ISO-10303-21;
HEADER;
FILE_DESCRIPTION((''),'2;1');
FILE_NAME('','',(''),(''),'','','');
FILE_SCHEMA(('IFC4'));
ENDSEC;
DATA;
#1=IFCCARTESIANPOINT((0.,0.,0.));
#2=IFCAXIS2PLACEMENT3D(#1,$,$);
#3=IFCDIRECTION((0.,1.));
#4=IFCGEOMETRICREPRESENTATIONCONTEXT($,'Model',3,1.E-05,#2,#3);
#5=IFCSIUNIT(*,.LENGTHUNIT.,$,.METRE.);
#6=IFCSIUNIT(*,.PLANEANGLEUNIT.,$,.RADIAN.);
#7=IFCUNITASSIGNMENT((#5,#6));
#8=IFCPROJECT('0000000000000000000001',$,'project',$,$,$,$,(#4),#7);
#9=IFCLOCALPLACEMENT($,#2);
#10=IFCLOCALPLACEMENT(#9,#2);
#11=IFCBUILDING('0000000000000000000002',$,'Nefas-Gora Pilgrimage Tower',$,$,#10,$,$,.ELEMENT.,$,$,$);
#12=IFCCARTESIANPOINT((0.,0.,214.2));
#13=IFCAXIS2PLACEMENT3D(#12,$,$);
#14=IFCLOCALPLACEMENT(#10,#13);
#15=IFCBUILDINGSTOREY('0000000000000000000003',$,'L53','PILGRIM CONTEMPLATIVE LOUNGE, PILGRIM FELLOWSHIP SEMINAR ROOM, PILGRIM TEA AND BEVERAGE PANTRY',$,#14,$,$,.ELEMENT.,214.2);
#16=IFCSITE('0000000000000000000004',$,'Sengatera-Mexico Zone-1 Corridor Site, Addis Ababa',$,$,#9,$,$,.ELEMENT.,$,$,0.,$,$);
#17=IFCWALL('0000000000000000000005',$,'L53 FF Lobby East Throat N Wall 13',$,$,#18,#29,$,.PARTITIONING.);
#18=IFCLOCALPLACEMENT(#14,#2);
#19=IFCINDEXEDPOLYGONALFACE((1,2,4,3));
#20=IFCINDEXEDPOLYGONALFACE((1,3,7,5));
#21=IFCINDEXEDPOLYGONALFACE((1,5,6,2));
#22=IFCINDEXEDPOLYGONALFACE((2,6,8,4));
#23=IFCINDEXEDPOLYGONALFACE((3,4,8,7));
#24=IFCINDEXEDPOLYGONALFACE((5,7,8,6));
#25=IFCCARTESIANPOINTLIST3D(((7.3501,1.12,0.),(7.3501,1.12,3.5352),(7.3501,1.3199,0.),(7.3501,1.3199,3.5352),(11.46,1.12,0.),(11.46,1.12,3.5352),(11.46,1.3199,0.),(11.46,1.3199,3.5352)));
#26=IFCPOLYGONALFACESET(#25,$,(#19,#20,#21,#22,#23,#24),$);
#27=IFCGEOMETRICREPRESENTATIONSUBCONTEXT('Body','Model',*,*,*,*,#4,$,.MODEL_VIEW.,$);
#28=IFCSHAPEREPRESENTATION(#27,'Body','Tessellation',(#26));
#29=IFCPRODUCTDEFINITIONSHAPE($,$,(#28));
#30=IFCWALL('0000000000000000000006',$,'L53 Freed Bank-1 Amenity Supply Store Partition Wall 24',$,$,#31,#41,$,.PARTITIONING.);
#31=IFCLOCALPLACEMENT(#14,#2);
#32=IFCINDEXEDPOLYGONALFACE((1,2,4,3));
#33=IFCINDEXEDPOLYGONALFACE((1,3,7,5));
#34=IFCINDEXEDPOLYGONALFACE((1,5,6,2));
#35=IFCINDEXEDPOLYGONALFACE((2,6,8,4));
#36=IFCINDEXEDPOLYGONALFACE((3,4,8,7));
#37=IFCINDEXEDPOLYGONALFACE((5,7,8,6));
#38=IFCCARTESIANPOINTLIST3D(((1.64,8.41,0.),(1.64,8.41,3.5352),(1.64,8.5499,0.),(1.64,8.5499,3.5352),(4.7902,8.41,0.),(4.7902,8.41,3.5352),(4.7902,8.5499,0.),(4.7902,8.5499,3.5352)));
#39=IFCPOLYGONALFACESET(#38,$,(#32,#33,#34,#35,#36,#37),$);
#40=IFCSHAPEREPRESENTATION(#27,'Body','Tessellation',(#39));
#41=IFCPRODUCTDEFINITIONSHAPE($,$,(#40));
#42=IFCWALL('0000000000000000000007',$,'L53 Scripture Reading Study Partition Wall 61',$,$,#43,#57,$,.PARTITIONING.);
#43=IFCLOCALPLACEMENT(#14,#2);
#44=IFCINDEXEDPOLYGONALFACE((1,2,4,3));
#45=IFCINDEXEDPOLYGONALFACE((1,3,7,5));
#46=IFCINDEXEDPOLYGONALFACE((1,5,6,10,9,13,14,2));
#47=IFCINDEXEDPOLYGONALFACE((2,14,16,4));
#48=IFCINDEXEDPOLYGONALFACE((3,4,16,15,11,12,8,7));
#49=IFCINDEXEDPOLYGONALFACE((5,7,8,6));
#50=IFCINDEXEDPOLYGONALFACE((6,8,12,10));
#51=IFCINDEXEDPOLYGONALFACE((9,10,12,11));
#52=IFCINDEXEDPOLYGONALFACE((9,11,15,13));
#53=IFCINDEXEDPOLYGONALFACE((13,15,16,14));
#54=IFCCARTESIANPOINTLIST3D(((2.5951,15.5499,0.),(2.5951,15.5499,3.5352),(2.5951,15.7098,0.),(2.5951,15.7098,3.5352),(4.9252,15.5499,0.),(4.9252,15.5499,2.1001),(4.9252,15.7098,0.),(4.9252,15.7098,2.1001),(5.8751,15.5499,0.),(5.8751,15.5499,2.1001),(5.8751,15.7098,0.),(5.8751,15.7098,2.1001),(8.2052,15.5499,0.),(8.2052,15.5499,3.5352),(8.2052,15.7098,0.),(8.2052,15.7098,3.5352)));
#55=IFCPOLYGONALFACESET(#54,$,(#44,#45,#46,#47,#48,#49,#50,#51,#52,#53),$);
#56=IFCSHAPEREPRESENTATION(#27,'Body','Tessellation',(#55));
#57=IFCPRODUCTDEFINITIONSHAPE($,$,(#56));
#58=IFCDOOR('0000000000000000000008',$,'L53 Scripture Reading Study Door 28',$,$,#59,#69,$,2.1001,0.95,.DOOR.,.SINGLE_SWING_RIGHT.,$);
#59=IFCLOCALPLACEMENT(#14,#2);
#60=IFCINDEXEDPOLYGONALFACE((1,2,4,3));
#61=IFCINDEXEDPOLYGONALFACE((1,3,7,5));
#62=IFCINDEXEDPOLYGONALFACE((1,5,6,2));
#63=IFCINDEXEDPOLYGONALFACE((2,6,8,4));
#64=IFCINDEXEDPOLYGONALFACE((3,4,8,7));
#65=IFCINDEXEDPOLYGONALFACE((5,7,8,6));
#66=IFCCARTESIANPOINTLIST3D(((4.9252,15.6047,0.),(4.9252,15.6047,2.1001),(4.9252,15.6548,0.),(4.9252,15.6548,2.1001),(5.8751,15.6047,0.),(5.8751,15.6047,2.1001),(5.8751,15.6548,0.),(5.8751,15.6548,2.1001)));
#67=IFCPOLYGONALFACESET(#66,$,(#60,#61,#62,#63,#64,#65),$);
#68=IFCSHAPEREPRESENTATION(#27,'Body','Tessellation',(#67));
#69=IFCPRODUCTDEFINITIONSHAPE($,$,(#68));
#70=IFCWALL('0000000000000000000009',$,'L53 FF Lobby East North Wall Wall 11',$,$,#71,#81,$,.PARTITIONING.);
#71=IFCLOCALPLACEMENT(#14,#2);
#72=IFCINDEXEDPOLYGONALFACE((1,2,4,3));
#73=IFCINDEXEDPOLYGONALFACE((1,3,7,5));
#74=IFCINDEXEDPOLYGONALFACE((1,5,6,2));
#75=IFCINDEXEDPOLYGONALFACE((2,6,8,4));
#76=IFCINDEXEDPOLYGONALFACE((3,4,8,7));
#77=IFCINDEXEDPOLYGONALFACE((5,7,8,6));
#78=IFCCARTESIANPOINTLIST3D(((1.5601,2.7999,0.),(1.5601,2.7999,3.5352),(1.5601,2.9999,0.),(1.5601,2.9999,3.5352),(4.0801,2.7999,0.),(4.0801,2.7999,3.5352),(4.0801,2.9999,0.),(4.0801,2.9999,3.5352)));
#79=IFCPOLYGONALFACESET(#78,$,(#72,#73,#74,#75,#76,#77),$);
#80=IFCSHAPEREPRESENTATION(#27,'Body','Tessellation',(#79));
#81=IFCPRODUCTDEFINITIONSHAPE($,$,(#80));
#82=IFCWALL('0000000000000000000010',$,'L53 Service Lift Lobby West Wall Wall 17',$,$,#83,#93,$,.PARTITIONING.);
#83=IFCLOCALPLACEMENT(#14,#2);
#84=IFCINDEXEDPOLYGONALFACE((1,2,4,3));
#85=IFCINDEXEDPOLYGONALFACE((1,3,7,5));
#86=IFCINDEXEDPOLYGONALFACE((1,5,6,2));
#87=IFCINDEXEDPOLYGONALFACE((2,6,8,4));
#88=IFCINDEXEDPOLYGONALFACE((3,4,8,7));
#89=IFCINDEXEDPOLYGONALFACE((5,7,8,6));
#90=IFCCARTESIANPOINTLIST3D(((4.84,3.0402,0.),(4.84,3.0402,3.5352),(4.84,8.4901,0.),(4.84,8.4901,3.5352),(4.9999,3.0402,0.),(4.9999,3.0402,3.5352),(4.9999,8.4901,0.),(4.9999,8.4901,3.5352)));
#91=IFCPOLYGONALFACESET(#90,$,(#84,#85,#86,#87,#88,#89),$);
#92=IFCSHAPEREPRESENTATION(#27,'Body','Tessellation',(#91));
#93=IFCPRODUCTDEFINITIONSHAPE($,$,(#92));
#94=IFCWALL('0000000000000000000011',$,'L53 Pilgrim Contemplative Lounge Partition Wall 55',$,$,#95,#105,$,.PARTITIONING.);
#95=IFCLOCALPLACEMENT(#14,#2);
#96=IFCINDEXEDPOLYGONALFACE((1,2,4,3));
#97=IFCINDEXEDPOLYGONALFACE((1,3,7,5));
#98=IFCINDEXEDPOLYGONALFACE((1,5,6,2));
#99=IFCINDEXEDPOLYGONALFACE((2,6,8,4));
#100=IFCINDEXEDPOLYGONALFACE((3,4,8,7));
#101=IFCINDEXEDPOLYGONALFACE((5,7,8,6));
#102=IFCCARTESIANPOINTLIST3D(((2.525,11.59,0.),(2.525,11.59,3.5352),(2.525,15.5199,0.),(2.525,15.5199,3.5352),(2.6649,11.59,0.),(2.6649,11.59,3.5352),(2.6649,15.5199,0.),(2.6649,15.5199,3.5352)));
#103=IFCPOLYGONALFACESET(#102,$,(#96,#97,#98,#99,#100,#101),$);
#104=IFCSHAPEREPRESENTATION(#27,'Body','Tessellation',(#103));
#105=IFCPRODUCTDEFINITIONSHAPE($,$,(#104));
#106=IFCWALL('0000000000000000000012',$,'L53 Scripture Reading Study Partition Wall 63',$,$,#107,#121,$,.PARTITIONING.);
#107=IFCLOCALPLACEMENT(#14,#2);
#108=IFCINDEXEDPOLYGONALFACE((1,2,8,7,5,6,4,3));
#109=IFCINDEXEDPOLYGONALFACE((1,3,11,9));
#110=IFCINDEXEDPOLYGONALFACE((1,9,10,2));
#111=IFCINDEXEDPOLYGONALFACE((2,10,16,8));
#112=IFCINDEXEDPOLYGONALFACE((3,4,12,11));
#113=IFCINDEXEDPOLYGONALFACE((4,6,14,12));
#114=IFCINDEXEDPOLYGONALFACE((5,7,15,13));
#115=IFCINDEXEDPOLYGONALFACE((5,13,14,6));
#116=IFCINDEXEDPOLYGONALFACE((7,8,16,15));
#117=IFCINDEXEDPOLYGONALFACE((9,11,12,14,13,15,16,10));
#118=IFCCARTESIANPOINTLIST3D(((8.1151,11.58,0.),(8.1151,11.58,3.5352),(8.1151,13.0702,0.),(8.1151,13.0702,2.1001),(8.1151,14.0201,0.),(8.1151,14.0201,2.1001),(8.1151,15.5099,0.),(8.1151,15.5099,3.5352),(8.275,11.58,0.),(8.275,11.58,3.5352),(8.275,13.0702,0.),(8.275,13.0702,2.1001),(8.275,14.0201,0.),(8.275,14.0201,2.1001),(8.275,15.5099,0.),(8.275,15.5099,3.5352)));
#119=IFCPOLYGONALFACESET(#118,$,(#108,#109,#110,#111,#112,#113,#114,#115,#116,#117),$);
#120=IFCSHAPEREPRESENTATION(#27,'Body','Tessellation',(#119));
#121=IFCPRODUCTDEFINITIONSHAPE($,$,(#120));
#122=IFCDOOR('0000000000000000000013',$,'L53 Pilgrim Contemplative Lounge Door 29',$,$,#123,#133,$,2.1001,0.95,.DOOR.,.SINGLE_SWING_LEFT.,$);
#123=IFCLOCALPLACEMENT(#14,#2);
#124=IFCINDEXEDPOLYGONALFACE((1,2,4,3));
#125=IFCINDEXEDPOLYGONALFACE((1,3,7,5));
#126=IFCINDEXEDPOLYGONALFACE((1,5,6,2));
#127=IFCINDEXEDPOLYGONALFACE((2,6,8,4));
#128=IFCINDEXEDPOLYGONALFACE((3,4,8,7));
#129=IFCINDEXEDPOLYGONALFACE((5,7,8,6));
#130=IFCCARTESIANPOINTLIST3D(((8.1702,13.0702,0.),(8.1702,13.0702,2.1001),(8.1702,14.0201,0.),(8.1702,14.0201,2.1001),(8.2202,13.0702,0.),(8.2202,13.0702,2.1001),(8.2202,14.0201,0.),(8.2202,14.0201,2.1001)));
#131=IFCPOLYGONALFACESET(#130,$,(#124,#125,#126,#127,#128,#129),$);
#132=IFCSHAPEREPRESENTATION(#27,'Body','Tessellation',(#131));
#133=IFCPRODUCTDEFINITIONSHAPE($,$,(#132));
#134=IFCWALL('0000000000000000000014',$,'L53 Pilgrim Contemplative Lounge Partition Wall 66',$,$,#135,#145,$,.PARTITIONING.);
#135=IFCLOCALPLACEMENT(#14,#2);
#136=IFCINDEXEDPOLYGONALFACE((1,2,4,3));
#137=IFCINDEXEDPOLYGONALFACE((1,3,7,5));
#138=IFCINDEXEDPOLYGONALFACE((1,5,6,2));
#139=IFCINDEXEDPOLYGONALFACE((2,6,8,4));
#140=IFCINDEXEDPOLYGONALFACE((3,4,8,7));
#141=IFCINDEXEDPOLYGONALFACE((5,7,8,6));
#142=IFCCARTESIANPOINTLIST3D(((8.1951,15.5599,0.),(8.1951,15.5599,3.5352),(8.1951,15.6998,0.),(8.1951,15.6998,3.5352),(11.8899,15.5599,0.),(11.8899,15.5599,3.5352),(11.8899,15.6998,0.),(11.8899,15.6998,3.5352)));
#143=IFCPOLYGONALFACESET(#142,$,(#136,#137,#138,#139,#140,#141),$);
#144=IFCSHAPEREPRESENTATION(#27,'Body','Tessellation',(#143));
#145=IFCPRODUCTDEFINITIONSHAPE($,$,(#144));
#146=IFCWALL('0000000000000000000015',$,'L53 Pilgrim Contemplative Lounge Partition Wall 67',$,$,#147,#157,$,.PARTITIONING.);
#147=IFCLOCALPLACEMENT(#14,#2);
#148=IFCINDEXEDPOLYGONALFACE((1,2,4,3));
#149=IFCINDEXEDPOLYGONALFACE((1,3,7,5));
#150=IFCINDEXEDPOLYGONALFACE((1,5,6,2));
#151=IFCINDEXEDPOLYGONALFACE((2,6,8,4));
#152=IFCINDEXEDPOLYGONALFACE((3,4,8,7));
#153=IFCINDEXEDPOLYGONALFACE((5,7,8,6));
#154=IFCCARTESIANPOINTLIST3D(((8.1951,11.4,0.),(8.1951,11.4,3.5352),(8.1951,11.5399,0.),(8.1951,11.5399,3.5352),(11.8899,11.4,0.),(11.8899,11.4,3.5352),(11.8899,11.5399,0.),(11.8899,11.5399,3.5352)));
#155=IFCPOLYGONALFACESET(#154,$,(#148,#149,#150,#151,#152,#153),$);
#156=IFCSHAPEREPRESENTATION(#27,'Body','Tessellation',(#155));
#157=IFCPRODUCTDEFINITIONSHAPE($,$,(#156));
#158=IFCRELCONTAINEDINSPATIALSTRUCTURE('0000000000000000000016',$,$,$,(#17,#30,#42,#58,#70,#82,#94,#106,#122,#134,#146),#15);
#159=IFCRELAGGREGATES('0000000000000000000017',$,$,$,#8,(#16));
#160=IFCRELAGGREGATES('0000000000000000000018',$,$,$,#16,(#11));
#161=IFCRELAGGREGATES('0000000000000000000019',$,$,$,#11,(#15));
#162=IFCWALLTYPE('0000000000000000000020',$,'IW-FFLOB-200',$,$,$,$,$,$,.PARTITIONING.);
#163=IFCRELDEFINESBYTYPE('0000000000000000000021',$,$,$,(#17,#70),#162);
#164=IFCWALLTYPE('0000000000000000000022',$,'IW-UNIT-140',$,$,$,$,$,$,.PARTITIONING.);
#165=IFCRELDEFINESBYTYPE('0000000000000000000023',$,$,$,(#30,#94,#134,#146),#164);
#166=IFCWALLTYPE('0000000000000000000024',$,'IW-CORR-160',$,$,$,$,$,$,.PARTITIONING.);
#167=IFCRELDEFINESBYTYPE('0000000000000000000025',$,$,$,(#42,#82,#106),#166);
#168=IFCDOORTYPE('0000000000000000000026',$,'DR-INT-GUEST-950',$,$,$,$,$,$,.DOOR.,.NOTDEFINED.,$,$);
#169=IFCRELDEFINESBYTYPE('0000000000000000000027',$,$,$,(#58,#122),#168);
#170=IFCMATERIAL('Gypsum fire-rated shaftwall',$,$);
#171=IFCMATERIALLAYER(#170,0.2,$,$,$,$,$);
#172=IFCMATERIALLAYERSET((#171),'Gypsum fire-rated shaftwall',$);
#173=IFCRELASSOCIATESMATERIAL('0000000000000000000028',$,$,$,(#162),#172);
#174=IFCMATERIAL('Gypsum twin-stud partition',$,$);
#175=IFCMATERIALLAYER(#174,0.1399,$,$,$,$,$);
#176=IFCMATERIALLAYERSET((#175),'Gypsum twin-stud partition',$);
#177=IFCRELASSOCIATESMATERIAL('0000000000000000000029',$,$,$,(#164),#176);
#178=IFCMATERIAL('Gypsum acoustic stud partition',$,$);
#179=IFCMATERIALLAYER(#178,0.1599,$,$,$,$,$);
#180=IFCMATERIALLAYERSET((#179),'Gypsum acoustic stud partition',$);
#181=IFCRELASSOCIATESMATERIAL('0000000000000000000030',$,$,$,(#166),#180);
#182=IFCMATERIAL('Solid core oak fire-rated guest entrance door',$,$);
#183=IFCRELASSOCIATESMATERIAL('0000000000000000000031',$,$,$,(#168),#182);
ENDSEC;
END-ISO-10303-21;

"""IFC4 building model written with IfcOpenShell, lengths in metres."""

from ifc_helpers import new_model, si_unit, direction, frame, frame_2d, origin, place, context, subcontext, project, spatial, rectangle, extrude, source, transform, mapped, material, layer, layer_set, type_object, element, fill, save


model = new_model("IFC4")

# Units and contexts
model_context = context("Model", 3, precision=1e-05, world=origin(), true_north=direction((0.0, 1.0)))
body_context = subcontext(model_context, "Body", "Model", "MODEL_VIEW")
ifc_project = project(units=[si_unit("LENGTHUNIT", "METRE"), si_unit("PLANEANGLEUNIT", "RADIAN")], contexts=[model_context])

# Site, building, storey
site_placement = place(None, origin())
site = spatial("IfcSite", under=ifc_project, at=site_placement, Name="Sengatera-Mexico Zone-1 Corridor Site, Addis Ababa", CompositionType="ELEMENT", RefElevation=0.0)
building_placement = place(site_placement, origin())
building = spatial("IfcBuilding", under=site, at=building_placement, Name="Nefas-Gora Pilgrimage Tower", CompositionType="ELEMENT")
storey_placement = place(building_placement, frame((0.0, 0.0, 214.2)))
storey = spatial("IfcBuildingStorey", under=building, at=storey_placement, Name="L53", Description="PILGRIM CONTEMPLATIVE LOUNGE, PILGRIM FELLOWSHIP SEMINAR ROOM, PILGRIM TEA AND BEVERAGE PANTRY", CompositionType="ELEMENT", Elevation=214.2)

# Shared definitions
ifc_material_1 = material(Name="Gypsum fire-rated shaftwall")
ifc_layer_1 = layer(ifc_material_1, 0.2)
ifc_layer_set_1 = layer_set([ifc_layer_1], Name="Gypsum fire-rated shaftwall")
wall_type_1 = type_object("IfcWallType", Name="IW-FFLOB-200", PredefinedType="PARTITIONING", material=ifc_layer_set_1)

# Walls
shared_shape_1 = source(origin(), body_context, "Body", "SweptSolid", [
    extrude(rectangle(XDim=4.1099, YDim=0.2, at=frame_2d((2.0549, 0.0))), origin(), (0.0, 0.0, 1.0), 3.5352),
])
wall_1_placement = place(storey_placement, frame((7.3501, 1.22, 0.0), z_axis=(0.0, 0.0, 1.0), x_axis=(1.0, 0.0, 0.0)))
element("IfcWall", 1, at=wall_1_placement, inside=storey, type_object=wall_type_1, Name="L53 FF Lobby East Throat N Wall 13", PredefinedType="PARTITIONING", context=body_context, shape_type="MappedRepresentation", body=[
    mapped(shared_shape_1, transform((0.0, 0.0, 0.0), x_axis=(1.0, 0.0, 0.0), y_axis=(0.0, 1.0, 0.0), z_axis=(0.0, 0.0, 1.0), scale=1.0)),
])
ifc_material_2 = material(Name="Gypsum twin-stud partition")
ifc_layer_2 = layer(ifc_material_2, 0.1399)
ifc_layer_set_2 = layer_set([ifc_layer_2], Name="Gypsum twin-stud partition")
wall_type_2 = type_object("IfcWallType", Name="IW-UNIT-140", PredefinedType="PARTITIONING", material=ifc_layer_set_2)
shared_shape_2 = source(origin(), body_context, "Body", "SweptSolid", [
    extrude(rectangle(XDim=3.1501, YDim=0.1399, at=frame_2d((1.5752, 0.0))), origin(), (0.0, 0.0, 1.0), 3.5352),
])
wall_2_placement = place(storey_placement, frame((1.6399, 8.48, 0.0), z_axis=(0.0, 0.0, 1.0), x_axis=(1.0, 0.0, 0.0)))
element("IfcWall", 2, at=wall_2_placement, inside=storey, type_object=wall_type_2, Name="L53 Freed Bank-1 Amenity Supply Store Partition Wall 24", PredefinedType="PARTITIONING", context=body_context, shape_type="MappedRepresentation", body=[
    mapped(shared_shape_2, transform((0.0, 0.0, 0.0), x_axis=(1.0, 0.0, 0.0), y_axis=(0.0, 1.0, 0.0), z_axis=(0.0, 0.0, 1.0), scale=1.0)),
])

# Wall, opening, door
ifc_material_3 = material(Name="Gypsum acoustic stud partition")
ifc_layer_3 = layer(ifc_material_3, 0.1599)
ifc_layer_set_3 = layer_set([ifc_layer_3], Name="Gypsum acoustic stud partition")
wall_type_3 = type_object("IfcWallType", Name="IW-CORR-160", PredefinedType="PARTITIONING", material=ifc_layer_set_3)
shared_shape_3 = source(origin(), body_context, "Body", "SweptSolid", [
    extrude(rectangle(XDim=5.6101, YDim=0.1599, at=frame_2d((2.8052, 0.0))), origin(), (0.0, 0.0, 1.0), 3.5352),
])
wall_3_placement = place(storey_placement, frame((2.595, 15.6299, 0.0), z_axis=(0.0, 0.0, 1.0), x_axis=(1.0, 0.0, 0.0)))
wall_3 = element("IfcWall", 3, at=wall_3_placement, inside=storey, type_object=wall_type_3, Name="L53 Scripture Reading Study Partition Wall 61", PredefinedType="PARTITIONING", context=body_context, shape_type="MappedRepresentation", body=[
    mapped(shared_shape_3, transform((0.0, 0.0, 0.0), x_axis=(1.0, 0.0, 0.0), y_axis=(0.0, 1.0, 0.0), z_axis=(0.0, 0.0, 1.0), scale=1.0)),
])
opening_1_placement = place(wall_3_placement, frame((2.3301, 0.0, 0.0)))
opening_1 = element("IfcOpeningElement", 4, at=opening_1_placement, cuts=wall_3, PredefinedType="OPENING", context=body_context, shape_type="SweptSolid", body=[
    extrude(rectangle(XDim=0.95, YDim=2.1001, at=frame_2d((0.4751, 1.05))), frame((0.0, 0.0898, 0.0), z_axis=(0.0, -1.0, 0.0), x_axis=(1.0, 0.0, 0.0)), (0.0, 0.0, 1.0), 0.1799),
])
ifc_material_4 = material(Name="Solid core oak fire-rated guest entrance door")
door_type_1 = type_object("IfcDoorType", Name="DR-INT-GUEST-950", OperationType="NOTDEFINED", PredefinedType="DOOR", material=ifc_material_4)
shared_shape_4 = source(origin(), body_context, "Body", "SweptSolid", [
    extrude(rectangle(XDim=0.95, YDim=2.1001, at=frame_2d((0.4751, 1.05))), frame((0.0, 0.0249, 0.0), z_axis=(0.0, -1.0, 0.0), x_axis=(1.0, 0.0, 0.0)), (0.0, 0.0, 1.0), 0.05),
])
door_1_placement = place(opening_1_placement, origin())
door_1 = element("IfcDoor", 5, at=door_1_placement, inside=storey, type_object=door_type_1, Name="L53 Scripture Reading Study Door 28", OperationType="SINGLE_SWING_RIGHT", OverallHeight=2.1001, OverallWidth=0.95, PredefinedType="DOOR", context=body_context, shape_type="MappedRepresentation", body=[
    mapped(shared_shape_4, transform((0.0, 0.0, 0.0), x_axis=(1.0, 0.0, 0.0), y_axis=(0.0, 1.0, 0.0), z_axis=(0.0, 0.0, 1.0), scale=1.0)),
])
fill(opening_1, door_1)

# Walls
shared_shape_5 = source(origin(), body_context, "Body", "SweptSolid", [
    extrude(rectangle(XDim=2.52, YDim=0.2, at=frame_2d((1.26, 0.0))), origin(), (0.0, 0.0, 1.0), 3.5352),
])
wall_4_placement = place(storey_placement, frame((1.5601, 2.8999, 0.0), z_axis=(0.0, 0.0, 1.0), x_axis=(1.0, 0.0, 0.0)))
element("IfcWall", 6, at=wall_4_placement, inside=storey, type_object=wall_type_1, Name="L53 FF Lobby East North Wall Wall 11", PredefinedType="PARTITIONING", context=body_context, shape_type="MappedRepresentation", body=[
    mapped(shared_shape_5, transform((0.0, 0.0, 0.0), x_axis=(1.0, 0.0, 0.0), y_axis=(0.0, 1.0, 0.0), z_axis=(0.0, 0.0, 1.0), scale=1.0)),
])
shared_shape_6 = source(origin(), body_context, "Body", "SweptSolid", [
    extrude(rectangle(XDim=5.45, YDim=0.1599, at=frame_2d((2.7251, 0.0))), origin(), (0.0, 0.0, 1.0), 3.5352),
])
wall_5_placement = place(storey_placement, frame((4.9199, 3.04, 0.0), z_axis=(0.0, 0.0, 1.0), x_axis=(0.0, 1.0, 0.0)))
element("IfcWall", 7, at=wall_5_placement, inside=storey, type_object=wall_type_3, Name="L53 Service Lift Lobby West Wall Wall 17", PredefinedType="PARTITIONING", context=body_context, shape_type="MappedRepresentation", body=[
    mapped(shared_shape_6, transform((0.0, 0.0, 0.0), x_axis=(1.0, 0.0, 0.0), y_axis=(0.0, 1.0, 0.0), z_axis=(0.0, 0.0, 1.0), scale=1.0)),
])
shared_shape_7 = source(origin(), body_context, "Body", "SweptSolid", [
    extrude(rectangle(XDim=3.9299, YDim=0.1399, at=frame_2d((1.9648, 0.0))), origin(), (0.0, 0.0, 1.0), 3.5352),
])
wall_6_placement = place(storey_placement, frame((2.595, 11.5901, 0.0), z_axis=(0.0, 0.0, 1.0), x_axis=(0.0, 1.0, 0.0)))
element("IfcWall", 8, at=wall_6_placement, inside=storey, type_object=wall_type_2, Name="L53 Pilgrim Contemplative Lounge Partition Wall 55", PredefinedType="PARTITIONING", context=body_context, shape_type="MappedRepresentation", body=[
    mapped(shared_shape_7, transform((0.0, 0.0, 0.0), x_axis=(1.0, 0.0, 0.0), y_axis=(0.0, 1.0, 0.0), z_axis=(0.0, 0.0, 1.0), scale=1.0)),
])

# Wall, opening, door
shared_shape_8 = source(origin(), body_context, "Body", "SweptSolid", [
    extrude(rectangle(XDim=3.9299, YDim=0.1599, at=frame_2d((1.9648, 0.0))), origin(), (0.0, 0.0, 1.0), 3.5352),
])
wall_7_placement = place(storey_placement, frame((8.1951, 11.5801, 0.0), z_axis=(0.0, 0.0, 1.0), x_axis=(0.0, 1.0, 0.0)))
wall_7 = element("IfcWall", 9, at=wall_7_placement, inside=storey, type_object=wall_type_3, Name="L53 Scripture Reading Study Partition Wall 63", PredefinedType="PARTITIONING", context=body_context, shape_type="MappedRepresentation", body=[
    mapped(shared_shape_8, transform((0.0, 0.0, 0.0), x_axis=(1.0, 0.0, 0.0), y_axis=(0.0, 1.0, 0.0), z_axis=(0.0, 0.0, 1.0), scale=1.0)),
])
opening_2_placement = place(wall_7_placement, frame((1.49, 0.0, 0.0)))
opening_2 = element("IfcOpeningElement", 10, at=opening_2_placement, cuts=wall_7, PredefinedType="OPENING", context=body_context, shape_type="SweptSolid", body=[
    extrude(rectangle(XDim=0.95, YDim=2.1001, at=frame_2d((0.4751, 1.05))), frame((0.0, 0.0898, 0.0), z_axis=(0.0, -1.0, 0.0), x_axis=(1.0, 0.0, 0.0)), (0.0, 0.0, 1.0), 0.1799),
])
door_2_placement = place(opening_2_placement, origin())
door_2 = element("IfcDoor", 11, at=door_2_placement, inside=storey, type_object=door_type_1, Name="L53 Pilgrim Contemplative Lounge Door 29", OperationType="SINGLE_SWING_LEFT", OverallHeight=2.1001, OverallWidth=0.95, PredefinedType="DOOR", context=body_context, shape_type="MappedRepresentation", body=[
    mapped(shared_shape_4, transform((0.0, 0.0, 0.0), x_axis=(1.0, 0.0, 0.0), y_axis=(0.0, 1.0, 0.0), z_axis=(0.0, 0.0, 1.0), scale=1.0)),
])
fill(opening_2, door_2)

# Walls
shared_shape_9 = source(origin(), body_context, "Body", "SweptSolid", [
    extrude(rectangle(XDim=3.6948, YDim=0.1399, at=frame_2d((1.8474, 0.0))), origin(), (0.0, 0.0, 1.0), 3.5352),
])
for number, where, z_axis, x_axis, name in (
    (12, (8.1951, 15.6299, 0.0), (0.0, 0.0, 1.0), (1.0, 0.0, 0.0), "L53 Pilgrim Contemplative Lounge Partition Wall 66"),
    (13, (8.1951, 11.47, 0.0), (0.0, 0.0, 1.0), (1.0, 0.0, 0.0), "L53 Pilgrim Contemplative Lounge Partition Wall 67"),
):
    element("IfcWall", number, at=place(storey_placement, frame(where, z_axis=z_axis, x_axis=x_axis)), inside=storey, type_object=wall_type_2, Name=name, PredefinedType="PARTITIONING", context=body_context, shape_type="MappedRepresentation", body=[
        mapped(shared_shape_9, transform((0.0, 0.0, 0.0), x_axis=(1.0, 0.0, 0.0), y_axis=(0.0, 1.0, 0.0), z_axis=(0.0, 0.0, 1.0), scale=1.0)),
    ])

save(model, "model.ifc")
